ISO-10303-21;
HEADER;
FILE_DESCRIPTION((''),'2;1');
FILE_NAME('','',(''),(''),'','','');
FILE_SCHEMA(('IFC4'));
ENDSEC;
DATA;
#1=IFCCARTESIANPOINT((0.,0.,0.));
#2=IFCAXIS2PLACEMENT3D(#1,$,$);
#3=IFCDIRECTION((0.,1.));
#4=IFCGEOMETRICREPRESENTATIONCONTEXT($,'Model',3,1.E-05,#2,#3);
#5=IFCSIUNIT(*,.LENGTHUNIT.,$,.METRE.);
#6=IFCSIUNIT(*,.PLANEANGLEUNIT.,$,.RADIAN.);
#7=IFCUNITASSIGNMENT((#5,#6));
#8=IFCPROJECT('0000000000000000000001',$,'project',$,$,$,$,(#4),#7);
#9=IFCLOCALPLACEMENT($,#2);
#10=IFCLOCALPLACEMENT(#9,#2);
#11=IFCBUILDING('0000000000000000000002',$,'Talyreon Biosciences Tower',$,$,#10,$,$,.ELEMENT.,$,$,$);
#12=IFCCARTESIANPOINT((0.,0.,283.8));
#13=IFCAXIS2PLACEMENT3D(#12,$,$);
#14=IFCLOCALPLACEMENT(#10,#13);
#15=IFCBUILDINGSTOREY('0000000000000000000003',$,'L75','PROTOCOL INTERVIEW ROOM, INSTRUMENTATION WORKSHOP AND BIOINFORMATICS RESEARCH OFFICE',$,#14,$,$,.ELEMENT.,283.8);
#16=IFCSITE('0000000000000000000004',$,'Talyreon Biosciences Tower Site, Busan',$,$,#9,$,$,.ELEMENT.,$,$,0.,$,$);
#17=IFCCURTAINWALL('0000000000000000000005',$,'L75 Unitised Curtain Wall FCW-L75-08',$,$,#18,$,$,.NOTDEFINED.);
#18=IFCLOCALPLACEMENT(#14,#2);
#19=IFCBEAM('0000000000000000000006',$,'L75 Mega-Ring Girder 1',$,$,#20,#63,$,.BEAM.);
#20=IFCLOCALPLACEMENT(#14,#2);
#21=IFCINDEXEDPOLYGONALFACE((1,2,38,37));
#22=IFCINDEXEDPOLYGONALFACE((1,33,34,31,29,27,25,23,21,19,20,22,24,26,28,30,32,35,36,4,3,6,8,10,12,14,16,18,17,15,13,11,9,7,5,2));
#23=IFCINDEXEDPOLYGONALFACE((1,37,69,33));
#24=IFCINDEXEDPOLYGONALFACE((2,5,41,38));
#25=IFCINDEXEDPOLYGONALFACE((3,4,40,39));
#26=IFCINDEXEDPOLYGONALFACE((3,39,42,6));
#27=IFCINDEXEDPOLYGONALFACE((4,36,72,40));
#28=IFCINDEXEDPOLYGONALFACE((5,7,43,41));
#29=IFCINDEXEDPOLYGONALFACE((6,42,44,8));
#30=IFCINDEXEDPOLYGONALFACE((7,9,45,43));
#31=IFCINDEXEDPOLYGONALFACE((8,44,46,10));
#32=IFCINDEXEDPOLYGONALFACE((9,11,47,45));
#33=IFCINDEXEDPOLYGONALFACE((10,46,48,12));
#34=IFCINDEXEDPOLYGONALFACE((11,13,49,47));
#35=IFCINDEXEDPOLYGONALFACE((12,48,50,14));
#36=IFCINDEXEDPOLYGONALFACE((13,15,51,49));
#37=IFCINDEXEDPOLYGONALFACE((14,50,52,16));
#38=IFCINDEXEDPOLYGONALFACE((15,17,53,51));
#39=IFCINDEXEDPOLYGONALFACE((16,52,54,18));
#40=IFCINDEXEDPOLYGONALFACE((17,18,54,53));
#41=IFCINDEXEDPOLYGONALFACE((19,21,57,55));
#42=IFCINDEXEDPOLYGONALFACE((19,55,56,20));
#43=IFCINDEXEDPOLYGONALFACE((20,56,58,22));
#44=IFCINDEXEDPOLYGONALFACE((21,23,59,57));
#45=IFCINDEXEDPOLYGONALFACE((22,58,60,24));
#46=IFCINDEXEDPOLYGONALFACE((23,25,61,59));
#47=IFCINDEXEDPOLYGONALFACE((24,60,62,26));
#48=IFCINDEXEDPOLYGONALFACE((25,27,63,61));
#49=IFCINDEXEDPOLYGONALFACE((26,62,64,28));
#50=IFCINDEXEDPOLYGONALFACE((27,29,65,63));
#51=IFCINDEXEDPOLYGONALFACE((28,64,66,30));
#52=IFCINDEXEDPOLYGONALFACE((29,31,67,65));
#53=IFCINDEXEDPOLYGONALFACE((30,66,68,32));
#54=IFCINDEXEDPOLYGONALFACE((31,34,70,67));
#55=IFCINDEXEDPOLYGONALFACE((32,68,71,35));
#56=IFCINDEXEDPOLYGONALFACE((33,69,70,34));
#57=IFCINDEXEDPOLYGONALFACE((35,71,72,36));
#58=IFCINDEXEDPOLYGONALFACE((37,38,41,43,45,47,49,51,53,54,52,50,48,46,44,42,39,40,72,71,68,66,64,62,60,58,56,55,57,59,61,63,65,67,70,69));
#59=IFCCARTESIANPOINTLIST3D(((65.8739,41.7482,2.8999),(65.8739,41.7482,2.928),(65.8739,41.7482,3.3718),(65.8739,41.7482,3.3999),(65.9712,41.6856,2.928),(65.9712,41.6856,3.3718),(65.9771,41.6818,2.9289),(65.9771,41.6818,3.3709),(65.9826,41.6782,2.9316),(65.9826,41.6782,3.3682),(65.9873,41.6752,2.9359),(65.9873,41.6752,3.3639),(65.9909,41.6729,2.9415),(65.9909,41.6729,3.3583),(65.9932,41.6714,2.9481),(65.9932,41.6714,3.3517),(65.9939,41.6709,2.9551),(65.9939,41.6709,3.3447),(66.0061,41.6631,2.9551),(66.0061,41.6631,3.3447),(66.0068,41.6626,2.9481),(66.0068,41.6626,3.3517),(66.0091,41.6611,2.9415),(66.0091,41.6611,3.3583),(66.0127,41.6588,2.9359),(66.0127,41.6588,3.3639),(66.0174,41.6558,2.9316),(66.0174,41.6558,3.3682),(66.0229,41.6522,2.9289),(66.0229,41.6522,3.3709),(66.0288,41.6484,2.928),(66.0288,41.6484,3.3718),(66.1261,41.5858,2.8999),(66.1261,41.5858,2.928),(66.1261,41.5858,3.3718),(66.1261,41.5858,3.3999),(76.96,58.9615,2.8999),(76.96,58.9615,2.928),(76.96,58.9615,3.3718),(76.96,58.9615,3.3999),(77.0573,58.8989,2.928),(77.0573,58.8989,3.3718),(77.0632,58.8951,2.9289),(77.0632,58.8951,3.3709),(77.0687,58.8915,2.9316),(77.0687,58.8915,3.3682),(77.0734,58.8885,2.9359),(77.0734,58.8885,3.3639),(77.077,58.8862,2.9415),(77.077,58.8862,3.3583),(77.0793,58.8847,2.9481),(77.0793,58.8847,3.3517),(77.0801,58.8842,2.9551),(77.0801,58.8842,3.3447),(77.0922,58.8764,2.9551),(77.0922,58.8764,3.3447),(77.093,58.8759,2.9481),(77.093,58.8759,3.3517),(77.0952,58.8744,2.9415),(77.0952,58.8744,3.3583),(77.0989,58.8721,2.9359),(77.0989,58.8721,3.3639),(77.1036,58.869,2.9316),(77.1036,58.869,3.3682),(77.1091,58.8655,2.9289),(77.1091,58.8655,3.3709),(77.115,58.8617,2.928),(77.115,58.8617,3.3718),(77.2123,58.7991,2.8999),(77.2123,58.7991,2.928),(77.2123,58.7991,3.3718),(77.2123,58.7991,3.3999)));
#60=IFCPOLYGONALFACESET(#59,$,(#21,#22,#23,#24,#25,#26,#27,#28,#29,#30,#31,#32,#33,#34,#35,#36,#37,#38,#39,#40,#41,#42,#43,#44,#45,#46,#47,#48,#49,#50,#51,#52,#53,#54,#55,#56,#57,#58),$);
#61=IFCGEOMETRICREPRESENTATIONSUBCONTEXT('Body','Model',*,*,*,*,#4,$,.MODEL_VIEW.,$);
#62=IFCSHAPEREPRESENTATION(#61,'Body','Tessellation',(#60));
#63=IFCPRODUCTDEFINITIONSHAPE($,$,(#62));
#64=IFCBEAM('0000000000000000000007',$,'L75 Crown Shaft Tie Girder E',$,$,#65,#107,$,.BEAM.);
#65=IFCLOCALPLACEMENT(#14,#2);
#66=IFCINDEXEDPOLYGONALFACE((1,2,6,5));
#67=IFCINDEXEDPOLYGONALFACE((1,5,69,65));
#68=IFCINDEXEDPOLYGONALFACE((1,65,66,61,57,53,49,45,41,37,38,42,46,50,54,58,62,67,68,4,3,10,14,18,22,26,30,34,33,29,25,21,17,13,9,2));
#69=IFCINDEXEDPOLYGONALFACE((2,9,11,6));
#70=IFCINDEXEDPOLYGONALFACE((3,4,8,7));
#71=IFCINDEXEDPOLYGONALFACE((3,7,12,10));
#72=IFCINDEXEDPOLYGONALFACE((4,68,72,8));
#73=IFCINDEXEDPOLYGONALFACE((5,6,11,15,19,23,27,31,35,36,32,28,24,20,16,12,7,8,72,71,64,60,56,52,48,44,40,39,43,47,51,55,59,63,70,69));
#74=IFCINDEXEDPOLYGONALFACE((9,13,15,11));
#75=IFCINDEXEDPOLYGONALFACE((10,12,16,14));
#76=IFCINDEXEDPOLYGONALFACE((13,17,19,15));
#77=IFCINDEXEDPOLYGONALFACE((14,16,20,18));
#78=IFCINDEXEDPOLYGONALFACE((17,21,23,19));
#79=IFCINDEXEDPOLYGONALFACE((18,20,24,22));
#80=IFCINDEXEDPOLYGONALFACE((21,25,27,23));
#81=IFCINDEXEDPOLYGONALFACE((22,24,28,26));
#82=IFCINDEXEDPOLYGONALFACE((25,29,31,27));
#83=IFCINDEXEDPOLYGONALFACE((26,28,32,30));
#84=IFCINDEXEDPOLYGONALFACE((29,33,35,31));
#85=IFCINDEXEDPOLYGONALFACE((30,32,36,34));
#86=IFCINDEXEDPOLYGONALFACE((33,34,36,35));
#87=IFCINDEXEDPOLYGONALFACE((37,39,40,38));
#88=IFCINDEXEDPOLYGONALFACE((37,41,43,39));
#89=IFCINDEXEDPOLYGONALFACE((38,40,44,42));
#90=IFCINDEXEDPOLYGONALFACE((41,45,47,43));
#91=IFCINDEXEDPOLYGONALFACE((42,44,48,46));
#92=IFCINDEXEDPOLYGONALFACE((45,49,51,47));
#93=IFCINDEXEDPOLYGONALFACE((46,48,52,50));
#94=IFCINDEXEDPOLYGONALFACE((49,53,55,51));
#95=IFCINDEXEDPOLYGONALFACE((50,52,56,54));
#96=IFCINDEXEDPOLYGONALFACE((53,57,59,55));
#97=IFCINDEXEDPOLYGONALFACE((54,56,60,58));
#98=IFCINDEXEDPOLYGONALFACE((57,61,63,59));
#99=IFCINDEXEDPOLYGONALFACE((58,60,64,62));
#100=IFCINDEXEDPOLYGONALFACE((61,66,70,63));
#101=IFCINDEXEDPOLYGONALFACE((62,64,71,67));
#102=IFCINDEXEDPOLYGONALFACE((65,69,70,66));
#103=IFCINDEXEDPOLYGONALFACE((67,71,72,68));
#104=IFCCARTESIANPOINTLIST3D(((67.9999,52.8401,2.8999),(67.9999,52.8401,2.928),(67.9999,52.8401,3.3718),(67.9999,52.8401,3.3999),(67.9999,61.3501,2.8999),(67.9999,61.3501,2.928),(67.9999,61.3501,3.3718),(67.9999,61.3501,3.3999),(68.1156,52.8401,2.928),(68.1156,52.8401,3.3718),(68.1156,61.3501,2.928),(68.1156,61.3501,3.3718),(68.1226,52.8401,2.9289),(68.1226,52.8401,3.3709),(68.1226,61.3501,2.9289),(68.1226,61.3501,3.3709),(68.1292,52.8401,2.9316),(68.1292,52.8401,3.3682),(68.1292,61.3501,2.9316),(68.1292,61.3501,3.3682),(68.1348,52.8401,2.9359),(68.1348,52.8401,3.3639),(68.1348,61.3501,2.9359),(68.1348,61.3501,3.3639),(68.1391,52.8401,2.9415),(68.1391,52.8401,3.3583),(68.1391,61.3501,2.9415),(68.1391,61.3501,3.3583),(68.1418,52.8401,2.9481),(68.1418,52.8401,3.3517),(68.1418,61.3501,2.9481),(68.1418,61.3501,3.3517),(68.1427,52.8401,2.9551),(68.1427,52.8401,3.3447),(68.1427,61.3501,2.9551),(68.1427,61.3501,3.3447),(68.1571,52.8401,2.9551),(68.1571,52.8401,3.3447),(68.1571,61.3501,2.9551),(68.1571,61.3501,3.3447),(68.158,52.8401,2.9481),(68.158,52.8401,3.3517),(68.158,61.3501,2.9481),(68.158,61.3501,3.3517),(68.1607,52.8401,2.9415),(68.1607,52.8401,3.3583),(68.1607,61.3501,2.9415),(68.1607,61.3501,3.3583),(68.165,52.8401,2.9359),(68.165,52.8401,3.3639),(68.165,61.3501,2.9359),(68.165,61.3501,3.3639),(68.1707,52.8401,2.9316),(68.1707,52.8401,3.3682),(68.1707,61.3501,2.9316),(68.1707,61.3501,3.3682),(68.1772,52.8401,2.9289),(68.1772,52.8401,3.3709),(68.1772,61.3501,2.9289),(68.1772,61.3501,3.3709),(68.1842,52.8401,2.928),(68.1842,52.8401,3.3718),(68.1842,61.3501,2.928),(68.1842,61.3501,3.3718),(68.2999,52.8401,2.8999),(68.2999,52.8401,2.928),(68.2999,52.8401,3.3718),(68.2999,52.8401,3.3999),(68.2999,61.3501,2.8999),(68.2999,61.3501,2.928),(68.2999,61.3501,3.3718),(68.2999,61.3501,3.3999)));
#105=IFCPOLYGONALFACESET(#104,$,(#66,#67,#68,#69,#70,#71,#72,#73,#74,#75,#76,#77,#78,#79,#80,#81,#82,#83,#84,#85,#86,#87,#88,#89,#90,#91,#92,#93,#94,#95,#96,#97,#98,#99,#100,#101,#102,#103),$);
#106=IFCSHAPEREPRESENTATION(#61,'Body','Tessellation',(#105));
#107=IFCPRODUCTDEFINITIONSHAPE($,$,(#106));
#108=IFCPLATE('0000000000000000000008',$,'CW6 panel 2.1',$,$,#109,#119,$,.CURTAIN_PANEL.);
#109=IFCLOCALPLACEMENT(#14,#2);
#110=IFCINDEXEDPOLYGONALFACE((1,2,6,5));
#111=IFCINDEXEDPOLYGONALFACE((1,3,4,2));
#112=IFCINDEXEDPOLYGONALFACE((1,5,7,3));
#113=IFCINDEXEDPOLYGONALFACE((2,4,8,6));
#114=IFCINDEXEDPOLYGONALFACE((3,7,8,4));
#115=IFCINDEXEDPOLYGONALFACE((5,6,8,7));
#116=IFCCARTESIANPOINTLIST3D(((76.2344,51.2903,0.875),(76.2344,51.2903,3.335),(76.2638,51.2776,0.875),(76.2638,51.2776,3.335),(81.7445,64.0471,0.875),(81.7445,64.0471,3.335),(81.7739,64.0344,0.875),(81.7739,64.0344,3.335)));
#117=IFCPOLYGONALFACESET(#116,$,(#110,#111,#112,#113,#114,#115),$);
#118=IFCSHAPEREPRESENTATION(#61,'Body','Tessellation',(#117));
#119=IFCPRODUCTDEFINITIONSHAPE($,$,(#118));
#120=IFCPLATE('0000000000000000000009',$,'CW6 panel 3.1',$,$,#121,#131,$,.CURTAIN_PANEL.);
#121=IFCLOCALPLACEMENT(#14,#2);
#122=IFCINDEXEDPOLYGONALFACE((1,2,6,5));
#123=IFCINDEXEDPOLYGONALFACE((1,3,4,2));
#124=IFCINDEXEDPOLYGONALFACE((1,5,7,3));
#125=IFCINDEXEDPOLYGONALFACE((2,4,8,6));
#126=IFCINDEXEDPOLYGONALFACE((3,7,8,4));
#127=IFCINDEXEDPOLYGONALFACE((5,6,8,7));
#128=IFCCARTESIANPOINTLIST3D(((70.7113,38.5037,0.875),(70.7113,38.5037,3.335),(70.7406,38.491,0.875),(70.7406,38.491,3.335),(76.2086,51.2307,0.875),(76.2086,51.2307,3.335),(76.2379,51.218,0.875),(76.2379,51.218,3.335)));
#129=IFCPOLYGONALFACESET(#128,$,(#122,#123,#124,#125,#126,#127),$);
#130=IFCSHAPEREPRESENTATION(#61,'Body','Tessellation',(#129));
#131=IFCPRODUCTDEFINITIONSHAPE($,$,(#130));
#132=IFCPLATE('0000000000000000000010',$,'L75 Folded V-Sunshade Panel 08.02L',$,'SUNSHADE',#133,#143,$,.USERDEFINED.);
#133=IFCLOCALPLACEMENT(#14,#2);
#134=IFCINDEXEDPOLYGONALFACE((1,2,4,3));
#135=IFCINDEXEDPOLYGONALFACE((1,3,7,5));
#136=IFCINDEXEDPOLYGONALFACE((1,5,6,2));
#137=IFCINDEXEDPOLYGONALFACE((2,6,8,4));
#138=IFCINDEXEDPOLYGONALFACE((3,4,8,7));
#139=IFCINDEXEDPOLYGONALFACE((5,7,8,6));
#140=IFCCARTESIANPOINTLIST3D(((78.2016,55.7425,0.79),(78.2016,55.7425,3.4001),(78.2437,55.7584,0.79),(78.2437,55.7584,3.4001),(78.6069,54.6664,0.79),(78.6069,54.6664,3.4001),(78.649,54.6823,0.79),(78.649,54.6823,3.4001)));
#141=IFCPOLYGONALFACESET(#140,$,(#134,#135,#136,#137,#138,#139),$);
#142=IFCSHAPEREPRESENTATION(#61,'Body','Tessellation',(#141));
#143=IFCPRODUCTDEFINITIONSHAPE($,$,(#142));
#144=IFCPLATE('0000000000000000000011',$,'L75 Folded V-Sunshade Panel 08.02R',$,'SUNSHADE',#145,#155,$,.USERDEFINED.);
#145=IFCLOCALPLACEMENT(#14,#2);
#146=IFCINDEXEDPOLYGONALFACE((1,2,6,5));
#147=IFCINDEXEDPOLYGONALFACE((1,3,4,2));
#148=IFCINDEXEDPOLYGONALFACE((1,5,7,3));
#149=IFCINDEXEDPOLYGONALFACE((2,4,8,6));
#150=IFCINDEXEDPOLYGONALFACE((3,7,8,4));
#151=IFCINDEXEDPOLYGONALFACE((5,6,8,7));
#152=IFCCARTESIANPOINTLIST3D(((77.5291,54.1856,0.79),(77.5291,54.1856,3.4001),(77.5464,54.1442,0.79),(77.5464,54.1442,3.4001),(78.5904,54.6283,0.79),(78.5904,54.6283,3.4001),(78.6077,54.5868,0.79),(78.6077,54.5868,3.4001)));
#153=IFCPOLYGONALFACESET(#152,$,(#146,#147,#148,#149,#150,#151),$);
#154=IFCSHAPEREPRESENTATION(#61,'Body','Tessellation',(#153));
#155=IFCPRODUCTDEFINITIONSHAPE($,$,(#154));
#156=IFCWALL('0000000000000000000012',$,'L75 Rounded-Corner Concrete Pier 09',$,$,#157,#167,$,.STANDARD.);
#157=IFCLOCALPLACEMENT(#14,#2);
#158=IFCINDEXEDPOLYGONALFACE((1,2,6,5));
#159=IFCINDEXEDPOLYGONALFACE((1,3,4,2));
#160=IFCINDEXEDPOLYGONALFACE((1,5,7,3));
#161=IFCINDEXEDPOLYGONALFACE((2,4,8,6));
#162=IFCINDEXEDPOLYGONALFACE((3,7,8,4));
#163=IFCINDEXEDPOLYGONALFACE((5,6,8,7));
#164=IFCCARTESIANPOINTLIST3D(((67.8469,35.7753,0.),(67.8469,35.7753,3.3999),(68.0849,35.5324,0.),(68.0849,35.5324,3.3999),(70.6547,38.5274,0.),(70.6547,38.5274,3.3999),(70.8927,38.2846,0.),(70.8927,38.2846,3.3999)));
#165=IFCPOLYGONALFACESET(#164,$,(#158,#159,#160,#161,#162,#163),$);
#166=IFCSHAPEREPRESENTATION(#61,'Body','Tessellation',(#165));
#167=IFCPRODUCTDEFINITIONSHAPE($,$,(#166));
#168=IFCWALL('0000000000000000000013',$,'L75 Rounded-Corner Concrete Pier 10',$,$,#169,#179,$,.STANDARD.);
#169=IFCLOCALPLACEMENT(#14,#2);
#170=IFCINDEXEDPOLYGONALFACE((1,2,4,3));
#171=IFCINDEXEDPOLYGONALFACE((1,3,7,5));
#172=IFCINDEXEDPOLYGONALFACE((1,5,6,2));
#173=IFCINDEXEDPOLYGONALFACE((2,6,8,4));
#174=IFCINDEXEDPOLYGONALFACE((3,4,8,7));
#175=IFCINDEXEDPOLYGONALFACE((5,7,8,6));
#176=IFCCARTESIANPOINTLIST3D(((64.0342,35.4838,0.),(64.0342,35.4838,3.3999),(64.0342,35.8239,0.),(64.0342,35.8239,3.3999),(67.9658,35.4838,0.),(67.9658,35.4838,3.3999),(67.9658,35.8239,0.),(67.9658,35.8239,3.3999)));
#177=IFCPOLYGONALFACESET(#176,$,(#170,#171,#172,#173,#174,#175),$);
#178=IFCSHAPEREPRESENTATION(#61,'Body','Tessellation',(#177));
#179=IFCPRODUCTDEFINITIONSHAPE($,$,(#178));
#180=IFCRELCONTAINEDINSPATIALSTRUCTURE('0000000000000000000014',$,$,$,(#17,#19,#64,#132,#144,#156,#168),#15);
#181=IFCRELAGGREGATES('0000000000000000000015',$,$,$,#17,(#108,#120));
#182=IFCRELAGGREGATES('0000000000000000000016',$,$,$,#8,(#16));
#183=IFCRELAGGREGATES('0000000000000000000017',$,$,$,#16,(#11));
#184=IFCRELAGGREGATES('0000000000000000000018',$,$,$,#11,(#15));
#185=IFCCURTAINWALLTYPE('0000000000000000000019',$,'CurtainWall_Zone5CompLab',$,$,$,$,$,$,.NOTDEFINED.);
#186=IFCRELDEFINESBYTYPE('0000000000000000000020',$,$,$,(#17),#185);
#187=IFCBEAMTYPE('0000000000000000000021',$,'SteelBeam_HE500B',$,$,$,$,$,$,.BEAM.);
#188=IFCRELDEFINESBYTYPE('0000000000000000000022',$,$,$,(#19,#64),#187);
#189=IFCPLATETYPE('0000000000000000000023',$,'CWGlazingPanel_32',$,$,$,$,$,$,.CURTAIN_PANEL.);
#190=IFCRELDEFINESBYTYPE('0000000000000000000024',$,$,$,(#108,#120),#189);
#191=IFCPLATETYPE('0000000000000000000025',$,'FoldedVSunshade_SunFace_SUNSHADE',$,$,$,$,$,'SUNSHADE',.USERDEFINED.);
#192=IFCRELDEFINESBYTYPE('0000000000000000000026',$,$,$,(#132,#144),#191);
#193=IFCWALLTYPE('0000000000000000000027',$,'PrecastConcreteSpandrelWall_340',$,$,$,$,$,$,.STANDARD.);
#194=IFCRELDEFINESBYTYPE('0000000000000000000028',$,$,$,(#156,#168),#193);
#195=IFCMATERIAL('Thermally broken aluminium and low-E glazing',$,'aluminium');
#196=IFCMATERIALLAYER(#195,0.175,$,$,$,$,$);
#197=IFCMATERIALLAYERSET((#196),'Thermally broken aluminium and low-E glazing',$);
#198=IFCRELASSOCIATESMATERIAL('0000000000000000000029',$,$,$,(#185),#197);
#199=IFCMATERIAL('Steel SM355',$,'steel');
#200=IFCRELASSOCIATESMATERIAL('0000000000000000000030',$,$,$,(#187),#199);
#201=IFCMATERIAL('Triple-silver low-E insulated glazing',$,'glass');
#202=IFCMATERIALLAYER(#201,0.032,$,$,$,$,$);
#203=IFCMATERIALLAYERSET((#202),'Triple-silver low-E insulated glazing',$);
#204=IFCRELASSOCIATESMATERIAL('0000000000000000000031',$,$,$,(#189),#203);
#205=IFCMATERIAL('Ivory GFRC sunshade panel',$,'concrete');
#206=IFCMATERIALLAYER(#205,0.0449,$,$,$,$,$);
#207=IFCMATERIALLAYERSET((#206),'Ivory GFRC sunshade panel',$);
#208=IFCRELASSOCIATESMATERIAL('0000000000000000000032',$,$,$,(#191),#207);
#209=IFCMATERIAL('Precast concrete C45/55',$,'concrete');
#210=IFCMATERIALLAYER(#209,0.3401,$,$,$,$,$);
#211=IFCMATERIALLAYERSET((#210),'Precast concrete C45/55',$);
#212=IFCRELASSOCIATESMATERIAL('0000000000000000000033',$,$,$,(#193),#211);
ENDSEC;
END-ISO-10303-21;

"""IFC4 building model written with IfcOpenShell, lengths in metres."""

from ifc_helpers import new_model, si_unit, direction, frame, frame_2d, origin, origin_2d, place, context, subcontext, project, spatial, rectangle, i_section, extrude, material, layer, layer_set, material_profile, profile_set, type_object, element, aggregate, save


model = new_model("IFC4")

# Units and contexts
model_context = context("Model", 3, precision=1e-05, world=origin(), true_north=direction((0.0, 1.0)))
body_context = subcontext(model_context, "Body", "Model", "MODEL_VIEW")
ifc_project = project(units=[si_unit("LENGTHUNIT", "METRE"), si_unit("PLANEANGLEUNIT", "RADIAN")], contexts=[model_context])

# Site, building, storey
site_placement = place(None, origin())
site = spatial("IfcSite", under=ifc_project, at=site_placement, Name="Talyreon Biosciences Tower Site, Busan", CompositionType="ELEMENT", RefElevation=0.0)
building_placement = place(site_placement, origin())
building = spatial("IfcBuilding", under=site, at=building_placement, Name="Talyreon Biosciences Tower", CompositionType="ELEMENT")
storey_placement = place(building_placement, frame((0.0, 0.0, 283.8)))
storey = spatial("IfcBuildingStorey", under=building, at=storey_placement, Name="L75", Description="PROTOCOL INTERVIEW ROOM, INSTRUMENTATION WORKSHOP AND BIOINFORMATICS RESEARCH OFFICE", CompositionType="ELEMENT", Elevation=283.8)

# Shared definitions
ifc_material_1 = material(Name="Precast concrete C45/55", Category="concrete")

# Curtain wall
ifc_material_2 = material(Name="Thermally broken aluminium and low-E glazing", Category="aluminium")
ifc_layer_1 = layer(ifc_material_2, 0.175)
ifc_layer_set_1 = layer_set([ifc_layer_1], Name="Thermally broken aluminium and low-E glazing")
curtain_wall_type = type_object("IfcCurtainWallType", Name="CurtainWall_Zone5CompLab", PredefinedType="NOTDEFINED", material=ifc_layer_set_1)
curtain_wall_placement = place(storey_placement, origin())
curtain_wall = element("IfcCurtainWall", 1, at=curtain_wall_placement, inside=storey, type_object=curtain_wall_type, Name="L75 Unitised Curtain Wall FCW-L75-08", PredefinedType="NOTDEFINED")

# Beams
ifc_material_3 = material(Name="Steel SM355", Category="steel")
ifc_material_profile_1 = material_profile(ifc_material_3, i_section(OverallWidth=0.3, OverallDepth=0.5, WebThickness=0.0144, FlangeThickness=0.0281, FilletRadius=0.0271, at=origin_2d()), Name="HE500B")
ifc_profile_set_1 = profile_set([ifc_material_profile_1], Name="Steel SM355")
beam_type_1 = type_object("IfcBeamType", Name="SteelBeam_HE500B", PredefinedType="BEAM", material=ifc_profile_set_1)
beam_1_placement = place(storey_placement, frame((66.0, 41.667, 3.1499), z_axis=(0.541464, 0.840724, 0.0), x_axis=(-0.840724, 0.541464, 0.0)))
element("IfcBeam", 2, at=beam_1_placement, inside=storey, type_object=beam_type_1, Name="L75 Mega-Ring Girder 1", PredefinedType="BEAM", context=body_context, shape_type="SweptSolid", body=[
    extrude(i_section(OverallWidth=0.3, OverallDepth=0.5, WebThickness=0.0144, FlangeThickness=0.0281, FilletRadius=0.0271, at=origin_2d()), origin(), (0.0, 0.0, 1.0), 20.4744),
])
beam_2_placement = place(storey_placement, frame((68.1499, 52.8401, 3.1499), z_axis=(0.0, 1.0, 0.0), x_axis=(-1.0, 0.0, 0.0)))
element("IfcBeam", 3, at=beam_2_placement, inside=storey, type_object=beam_type_1, Name="L75 Crown Shaft Tie Girder E", PredefinedType="BEAM", context=body_context, shape_type="SweptSolid", body=[
    extrude(i_section(OverallWidth=0.3, OverallDepth=0.5, WebThickness=0.0144, FlangeThickness=0.0281, FilletRadius=0.0271, at=origin_2d()), origin(), (0.0, 0.0, 1.0), 8.51),
])

# Plates
ifc_material_4 = material(Name="Triple-silver low-E insulated glazing", Category="glass")
ifc_layer_2 = layer(ifc_material_4, 0.032)
ifc_layer_set_2 = layer_set([ifc_layer_2], Name="Triple-silver low-E insulated glazing")
plate_type_1 = type_object("IfcPlateType", Name="CWGlazingPanel_32", PredefinedType="CURTAIN_PANEL", material=ifc_layer_set_2)
plate_1_placement = place(storey_placement, frame((79.0042, 57.6624, 0.875), z_axis=(0.0, 0.0, 1.0), x_axis=(-0.396528, -0.918022, 0.0)))
plate_1 = element("IfcPlate", 4, at=plate_1_placement, type_object=plate_type_1, Name="CW6 panel 2.1", PredefinedType="CURTAIN_PANEL", context=body_context, shape_type="SweptSolid", body=[
    extrude(rectangle(XDim=13.896, YDim=0.032, at=origin_2d()), origin(), (0.0, 0.0, 1.0), 2.46),
])
plate_2_placement = place(storey_placement, frame((73.4746, 44.8608, 0.875), z_axis=(0.0, 0.0, 1.0), x_axis=(-0.396528, -0.918022, 0.0)))
plate_2 = element("IfcPlate", 5, at=plate_2_placement, type_object=plate_type_1, Name="CW6 panel 3.1", PredefinedType="CURTAIN_PANEL", context=body_context, shape_type="SweptSolid", body=[
    extrude(rectangle(XDim=13.8635, YDim=0.032, at=origin_2d()), origin(), (0.0, 0.0, 1.0), 2.46),
])
aggregate(curtain_wall, [plate_1, plate_2])

# Plates
ifc_material_5 = material(Name="Ivory GFRC sunshade panel", Category="concrete")
ifc_layer_3 = layer(ifc_material_5, 0.0449)
ifc_layer_set_3 = layer_set([ifc_layer_3], Name="Ivory GFRC sunshade panel")
plate_type_2 = type_object("IfcPlateType", Name="FoldedVSunshade_SunFace_SUNSHADE", ElementType="SUNSHADE", PredefinedType="USERDEFINED", material=ifc_layer_set_3)
for number, where, z_axis, x_axis, name in (
    (6, (78.4253, 55.2124, 0.79), (0.0, 0.0, 1.0), (0.352479, -0.93582, 0.0), "L75 Folded V-Sunshade Panel 08.02L"),
    (7, (78.0684, 54.3862, 0.79), (0.0, 0.0, 1.0), (-0.922948, -0.384924, 0.0), "L75 Folded V-Sunshade Panel 08.02R"),
):
    element("IfcPlate", number, at=place(storey_placement, frame(where, z_axis=z_axis, x_axis=x_axis)), inside=storey, type_object=plate_type_2, Name=name, ObjectType="SUNSHADE", PredefinedType="USERDEFINED", context=body_context, shape_type="SweptSolid", body=[
        extrude(rectangle(XDim=1.1499, YDim=0.0449, at=origin_2d()), origin(), (0.0, 0.0, 1.0), 2.6101),
    ])

# Walls
ifc_layer_4 = layer(ifc_material_1, 0.3401)
ifc_layer_set_4 = layer_set([ifc_layer_4], Name="Precast concrete C45/55")
wall_type_1 = type_object("IfcWallType", Name="PrecastConcreteSpandrelWall_340", PredefinedType="STANDARD", material=ifc_layer_set_4)
for number, where, z_axis, x_axis, name in (
    (8, (70.7737, 38.406, 0.0), (0.0, 0.0, 1.0), (-0.71415, -0.699993, 0.0), "L75 Rounded-Corner Concrete Pier 09"),
    (9, (67.9658, 35.6538, 0.0), (0.0, 0.0, 1.0), (-1.0, 0.0, 0.0), "L75 Rounded-Corner Concrete Pier 10"),
):
    element("IfcWall", number, at=place(storey_placement, frame(where, z_axis=z_axis, x_axis=x_axis)), inside=storey, type_object=wall_type_1, Name=name, PredefinedType="STANDARD", context=body_context, shape_type="SweptSolid", body=[
        extrude(rectangle(XDim=3.9316, YDim=0.3401, at=frame_2d((1.9658, 0.0))), origin(), (0.0, 0.0, 1.0), 3.3999),
    ])

save(model, "model.ifc")
